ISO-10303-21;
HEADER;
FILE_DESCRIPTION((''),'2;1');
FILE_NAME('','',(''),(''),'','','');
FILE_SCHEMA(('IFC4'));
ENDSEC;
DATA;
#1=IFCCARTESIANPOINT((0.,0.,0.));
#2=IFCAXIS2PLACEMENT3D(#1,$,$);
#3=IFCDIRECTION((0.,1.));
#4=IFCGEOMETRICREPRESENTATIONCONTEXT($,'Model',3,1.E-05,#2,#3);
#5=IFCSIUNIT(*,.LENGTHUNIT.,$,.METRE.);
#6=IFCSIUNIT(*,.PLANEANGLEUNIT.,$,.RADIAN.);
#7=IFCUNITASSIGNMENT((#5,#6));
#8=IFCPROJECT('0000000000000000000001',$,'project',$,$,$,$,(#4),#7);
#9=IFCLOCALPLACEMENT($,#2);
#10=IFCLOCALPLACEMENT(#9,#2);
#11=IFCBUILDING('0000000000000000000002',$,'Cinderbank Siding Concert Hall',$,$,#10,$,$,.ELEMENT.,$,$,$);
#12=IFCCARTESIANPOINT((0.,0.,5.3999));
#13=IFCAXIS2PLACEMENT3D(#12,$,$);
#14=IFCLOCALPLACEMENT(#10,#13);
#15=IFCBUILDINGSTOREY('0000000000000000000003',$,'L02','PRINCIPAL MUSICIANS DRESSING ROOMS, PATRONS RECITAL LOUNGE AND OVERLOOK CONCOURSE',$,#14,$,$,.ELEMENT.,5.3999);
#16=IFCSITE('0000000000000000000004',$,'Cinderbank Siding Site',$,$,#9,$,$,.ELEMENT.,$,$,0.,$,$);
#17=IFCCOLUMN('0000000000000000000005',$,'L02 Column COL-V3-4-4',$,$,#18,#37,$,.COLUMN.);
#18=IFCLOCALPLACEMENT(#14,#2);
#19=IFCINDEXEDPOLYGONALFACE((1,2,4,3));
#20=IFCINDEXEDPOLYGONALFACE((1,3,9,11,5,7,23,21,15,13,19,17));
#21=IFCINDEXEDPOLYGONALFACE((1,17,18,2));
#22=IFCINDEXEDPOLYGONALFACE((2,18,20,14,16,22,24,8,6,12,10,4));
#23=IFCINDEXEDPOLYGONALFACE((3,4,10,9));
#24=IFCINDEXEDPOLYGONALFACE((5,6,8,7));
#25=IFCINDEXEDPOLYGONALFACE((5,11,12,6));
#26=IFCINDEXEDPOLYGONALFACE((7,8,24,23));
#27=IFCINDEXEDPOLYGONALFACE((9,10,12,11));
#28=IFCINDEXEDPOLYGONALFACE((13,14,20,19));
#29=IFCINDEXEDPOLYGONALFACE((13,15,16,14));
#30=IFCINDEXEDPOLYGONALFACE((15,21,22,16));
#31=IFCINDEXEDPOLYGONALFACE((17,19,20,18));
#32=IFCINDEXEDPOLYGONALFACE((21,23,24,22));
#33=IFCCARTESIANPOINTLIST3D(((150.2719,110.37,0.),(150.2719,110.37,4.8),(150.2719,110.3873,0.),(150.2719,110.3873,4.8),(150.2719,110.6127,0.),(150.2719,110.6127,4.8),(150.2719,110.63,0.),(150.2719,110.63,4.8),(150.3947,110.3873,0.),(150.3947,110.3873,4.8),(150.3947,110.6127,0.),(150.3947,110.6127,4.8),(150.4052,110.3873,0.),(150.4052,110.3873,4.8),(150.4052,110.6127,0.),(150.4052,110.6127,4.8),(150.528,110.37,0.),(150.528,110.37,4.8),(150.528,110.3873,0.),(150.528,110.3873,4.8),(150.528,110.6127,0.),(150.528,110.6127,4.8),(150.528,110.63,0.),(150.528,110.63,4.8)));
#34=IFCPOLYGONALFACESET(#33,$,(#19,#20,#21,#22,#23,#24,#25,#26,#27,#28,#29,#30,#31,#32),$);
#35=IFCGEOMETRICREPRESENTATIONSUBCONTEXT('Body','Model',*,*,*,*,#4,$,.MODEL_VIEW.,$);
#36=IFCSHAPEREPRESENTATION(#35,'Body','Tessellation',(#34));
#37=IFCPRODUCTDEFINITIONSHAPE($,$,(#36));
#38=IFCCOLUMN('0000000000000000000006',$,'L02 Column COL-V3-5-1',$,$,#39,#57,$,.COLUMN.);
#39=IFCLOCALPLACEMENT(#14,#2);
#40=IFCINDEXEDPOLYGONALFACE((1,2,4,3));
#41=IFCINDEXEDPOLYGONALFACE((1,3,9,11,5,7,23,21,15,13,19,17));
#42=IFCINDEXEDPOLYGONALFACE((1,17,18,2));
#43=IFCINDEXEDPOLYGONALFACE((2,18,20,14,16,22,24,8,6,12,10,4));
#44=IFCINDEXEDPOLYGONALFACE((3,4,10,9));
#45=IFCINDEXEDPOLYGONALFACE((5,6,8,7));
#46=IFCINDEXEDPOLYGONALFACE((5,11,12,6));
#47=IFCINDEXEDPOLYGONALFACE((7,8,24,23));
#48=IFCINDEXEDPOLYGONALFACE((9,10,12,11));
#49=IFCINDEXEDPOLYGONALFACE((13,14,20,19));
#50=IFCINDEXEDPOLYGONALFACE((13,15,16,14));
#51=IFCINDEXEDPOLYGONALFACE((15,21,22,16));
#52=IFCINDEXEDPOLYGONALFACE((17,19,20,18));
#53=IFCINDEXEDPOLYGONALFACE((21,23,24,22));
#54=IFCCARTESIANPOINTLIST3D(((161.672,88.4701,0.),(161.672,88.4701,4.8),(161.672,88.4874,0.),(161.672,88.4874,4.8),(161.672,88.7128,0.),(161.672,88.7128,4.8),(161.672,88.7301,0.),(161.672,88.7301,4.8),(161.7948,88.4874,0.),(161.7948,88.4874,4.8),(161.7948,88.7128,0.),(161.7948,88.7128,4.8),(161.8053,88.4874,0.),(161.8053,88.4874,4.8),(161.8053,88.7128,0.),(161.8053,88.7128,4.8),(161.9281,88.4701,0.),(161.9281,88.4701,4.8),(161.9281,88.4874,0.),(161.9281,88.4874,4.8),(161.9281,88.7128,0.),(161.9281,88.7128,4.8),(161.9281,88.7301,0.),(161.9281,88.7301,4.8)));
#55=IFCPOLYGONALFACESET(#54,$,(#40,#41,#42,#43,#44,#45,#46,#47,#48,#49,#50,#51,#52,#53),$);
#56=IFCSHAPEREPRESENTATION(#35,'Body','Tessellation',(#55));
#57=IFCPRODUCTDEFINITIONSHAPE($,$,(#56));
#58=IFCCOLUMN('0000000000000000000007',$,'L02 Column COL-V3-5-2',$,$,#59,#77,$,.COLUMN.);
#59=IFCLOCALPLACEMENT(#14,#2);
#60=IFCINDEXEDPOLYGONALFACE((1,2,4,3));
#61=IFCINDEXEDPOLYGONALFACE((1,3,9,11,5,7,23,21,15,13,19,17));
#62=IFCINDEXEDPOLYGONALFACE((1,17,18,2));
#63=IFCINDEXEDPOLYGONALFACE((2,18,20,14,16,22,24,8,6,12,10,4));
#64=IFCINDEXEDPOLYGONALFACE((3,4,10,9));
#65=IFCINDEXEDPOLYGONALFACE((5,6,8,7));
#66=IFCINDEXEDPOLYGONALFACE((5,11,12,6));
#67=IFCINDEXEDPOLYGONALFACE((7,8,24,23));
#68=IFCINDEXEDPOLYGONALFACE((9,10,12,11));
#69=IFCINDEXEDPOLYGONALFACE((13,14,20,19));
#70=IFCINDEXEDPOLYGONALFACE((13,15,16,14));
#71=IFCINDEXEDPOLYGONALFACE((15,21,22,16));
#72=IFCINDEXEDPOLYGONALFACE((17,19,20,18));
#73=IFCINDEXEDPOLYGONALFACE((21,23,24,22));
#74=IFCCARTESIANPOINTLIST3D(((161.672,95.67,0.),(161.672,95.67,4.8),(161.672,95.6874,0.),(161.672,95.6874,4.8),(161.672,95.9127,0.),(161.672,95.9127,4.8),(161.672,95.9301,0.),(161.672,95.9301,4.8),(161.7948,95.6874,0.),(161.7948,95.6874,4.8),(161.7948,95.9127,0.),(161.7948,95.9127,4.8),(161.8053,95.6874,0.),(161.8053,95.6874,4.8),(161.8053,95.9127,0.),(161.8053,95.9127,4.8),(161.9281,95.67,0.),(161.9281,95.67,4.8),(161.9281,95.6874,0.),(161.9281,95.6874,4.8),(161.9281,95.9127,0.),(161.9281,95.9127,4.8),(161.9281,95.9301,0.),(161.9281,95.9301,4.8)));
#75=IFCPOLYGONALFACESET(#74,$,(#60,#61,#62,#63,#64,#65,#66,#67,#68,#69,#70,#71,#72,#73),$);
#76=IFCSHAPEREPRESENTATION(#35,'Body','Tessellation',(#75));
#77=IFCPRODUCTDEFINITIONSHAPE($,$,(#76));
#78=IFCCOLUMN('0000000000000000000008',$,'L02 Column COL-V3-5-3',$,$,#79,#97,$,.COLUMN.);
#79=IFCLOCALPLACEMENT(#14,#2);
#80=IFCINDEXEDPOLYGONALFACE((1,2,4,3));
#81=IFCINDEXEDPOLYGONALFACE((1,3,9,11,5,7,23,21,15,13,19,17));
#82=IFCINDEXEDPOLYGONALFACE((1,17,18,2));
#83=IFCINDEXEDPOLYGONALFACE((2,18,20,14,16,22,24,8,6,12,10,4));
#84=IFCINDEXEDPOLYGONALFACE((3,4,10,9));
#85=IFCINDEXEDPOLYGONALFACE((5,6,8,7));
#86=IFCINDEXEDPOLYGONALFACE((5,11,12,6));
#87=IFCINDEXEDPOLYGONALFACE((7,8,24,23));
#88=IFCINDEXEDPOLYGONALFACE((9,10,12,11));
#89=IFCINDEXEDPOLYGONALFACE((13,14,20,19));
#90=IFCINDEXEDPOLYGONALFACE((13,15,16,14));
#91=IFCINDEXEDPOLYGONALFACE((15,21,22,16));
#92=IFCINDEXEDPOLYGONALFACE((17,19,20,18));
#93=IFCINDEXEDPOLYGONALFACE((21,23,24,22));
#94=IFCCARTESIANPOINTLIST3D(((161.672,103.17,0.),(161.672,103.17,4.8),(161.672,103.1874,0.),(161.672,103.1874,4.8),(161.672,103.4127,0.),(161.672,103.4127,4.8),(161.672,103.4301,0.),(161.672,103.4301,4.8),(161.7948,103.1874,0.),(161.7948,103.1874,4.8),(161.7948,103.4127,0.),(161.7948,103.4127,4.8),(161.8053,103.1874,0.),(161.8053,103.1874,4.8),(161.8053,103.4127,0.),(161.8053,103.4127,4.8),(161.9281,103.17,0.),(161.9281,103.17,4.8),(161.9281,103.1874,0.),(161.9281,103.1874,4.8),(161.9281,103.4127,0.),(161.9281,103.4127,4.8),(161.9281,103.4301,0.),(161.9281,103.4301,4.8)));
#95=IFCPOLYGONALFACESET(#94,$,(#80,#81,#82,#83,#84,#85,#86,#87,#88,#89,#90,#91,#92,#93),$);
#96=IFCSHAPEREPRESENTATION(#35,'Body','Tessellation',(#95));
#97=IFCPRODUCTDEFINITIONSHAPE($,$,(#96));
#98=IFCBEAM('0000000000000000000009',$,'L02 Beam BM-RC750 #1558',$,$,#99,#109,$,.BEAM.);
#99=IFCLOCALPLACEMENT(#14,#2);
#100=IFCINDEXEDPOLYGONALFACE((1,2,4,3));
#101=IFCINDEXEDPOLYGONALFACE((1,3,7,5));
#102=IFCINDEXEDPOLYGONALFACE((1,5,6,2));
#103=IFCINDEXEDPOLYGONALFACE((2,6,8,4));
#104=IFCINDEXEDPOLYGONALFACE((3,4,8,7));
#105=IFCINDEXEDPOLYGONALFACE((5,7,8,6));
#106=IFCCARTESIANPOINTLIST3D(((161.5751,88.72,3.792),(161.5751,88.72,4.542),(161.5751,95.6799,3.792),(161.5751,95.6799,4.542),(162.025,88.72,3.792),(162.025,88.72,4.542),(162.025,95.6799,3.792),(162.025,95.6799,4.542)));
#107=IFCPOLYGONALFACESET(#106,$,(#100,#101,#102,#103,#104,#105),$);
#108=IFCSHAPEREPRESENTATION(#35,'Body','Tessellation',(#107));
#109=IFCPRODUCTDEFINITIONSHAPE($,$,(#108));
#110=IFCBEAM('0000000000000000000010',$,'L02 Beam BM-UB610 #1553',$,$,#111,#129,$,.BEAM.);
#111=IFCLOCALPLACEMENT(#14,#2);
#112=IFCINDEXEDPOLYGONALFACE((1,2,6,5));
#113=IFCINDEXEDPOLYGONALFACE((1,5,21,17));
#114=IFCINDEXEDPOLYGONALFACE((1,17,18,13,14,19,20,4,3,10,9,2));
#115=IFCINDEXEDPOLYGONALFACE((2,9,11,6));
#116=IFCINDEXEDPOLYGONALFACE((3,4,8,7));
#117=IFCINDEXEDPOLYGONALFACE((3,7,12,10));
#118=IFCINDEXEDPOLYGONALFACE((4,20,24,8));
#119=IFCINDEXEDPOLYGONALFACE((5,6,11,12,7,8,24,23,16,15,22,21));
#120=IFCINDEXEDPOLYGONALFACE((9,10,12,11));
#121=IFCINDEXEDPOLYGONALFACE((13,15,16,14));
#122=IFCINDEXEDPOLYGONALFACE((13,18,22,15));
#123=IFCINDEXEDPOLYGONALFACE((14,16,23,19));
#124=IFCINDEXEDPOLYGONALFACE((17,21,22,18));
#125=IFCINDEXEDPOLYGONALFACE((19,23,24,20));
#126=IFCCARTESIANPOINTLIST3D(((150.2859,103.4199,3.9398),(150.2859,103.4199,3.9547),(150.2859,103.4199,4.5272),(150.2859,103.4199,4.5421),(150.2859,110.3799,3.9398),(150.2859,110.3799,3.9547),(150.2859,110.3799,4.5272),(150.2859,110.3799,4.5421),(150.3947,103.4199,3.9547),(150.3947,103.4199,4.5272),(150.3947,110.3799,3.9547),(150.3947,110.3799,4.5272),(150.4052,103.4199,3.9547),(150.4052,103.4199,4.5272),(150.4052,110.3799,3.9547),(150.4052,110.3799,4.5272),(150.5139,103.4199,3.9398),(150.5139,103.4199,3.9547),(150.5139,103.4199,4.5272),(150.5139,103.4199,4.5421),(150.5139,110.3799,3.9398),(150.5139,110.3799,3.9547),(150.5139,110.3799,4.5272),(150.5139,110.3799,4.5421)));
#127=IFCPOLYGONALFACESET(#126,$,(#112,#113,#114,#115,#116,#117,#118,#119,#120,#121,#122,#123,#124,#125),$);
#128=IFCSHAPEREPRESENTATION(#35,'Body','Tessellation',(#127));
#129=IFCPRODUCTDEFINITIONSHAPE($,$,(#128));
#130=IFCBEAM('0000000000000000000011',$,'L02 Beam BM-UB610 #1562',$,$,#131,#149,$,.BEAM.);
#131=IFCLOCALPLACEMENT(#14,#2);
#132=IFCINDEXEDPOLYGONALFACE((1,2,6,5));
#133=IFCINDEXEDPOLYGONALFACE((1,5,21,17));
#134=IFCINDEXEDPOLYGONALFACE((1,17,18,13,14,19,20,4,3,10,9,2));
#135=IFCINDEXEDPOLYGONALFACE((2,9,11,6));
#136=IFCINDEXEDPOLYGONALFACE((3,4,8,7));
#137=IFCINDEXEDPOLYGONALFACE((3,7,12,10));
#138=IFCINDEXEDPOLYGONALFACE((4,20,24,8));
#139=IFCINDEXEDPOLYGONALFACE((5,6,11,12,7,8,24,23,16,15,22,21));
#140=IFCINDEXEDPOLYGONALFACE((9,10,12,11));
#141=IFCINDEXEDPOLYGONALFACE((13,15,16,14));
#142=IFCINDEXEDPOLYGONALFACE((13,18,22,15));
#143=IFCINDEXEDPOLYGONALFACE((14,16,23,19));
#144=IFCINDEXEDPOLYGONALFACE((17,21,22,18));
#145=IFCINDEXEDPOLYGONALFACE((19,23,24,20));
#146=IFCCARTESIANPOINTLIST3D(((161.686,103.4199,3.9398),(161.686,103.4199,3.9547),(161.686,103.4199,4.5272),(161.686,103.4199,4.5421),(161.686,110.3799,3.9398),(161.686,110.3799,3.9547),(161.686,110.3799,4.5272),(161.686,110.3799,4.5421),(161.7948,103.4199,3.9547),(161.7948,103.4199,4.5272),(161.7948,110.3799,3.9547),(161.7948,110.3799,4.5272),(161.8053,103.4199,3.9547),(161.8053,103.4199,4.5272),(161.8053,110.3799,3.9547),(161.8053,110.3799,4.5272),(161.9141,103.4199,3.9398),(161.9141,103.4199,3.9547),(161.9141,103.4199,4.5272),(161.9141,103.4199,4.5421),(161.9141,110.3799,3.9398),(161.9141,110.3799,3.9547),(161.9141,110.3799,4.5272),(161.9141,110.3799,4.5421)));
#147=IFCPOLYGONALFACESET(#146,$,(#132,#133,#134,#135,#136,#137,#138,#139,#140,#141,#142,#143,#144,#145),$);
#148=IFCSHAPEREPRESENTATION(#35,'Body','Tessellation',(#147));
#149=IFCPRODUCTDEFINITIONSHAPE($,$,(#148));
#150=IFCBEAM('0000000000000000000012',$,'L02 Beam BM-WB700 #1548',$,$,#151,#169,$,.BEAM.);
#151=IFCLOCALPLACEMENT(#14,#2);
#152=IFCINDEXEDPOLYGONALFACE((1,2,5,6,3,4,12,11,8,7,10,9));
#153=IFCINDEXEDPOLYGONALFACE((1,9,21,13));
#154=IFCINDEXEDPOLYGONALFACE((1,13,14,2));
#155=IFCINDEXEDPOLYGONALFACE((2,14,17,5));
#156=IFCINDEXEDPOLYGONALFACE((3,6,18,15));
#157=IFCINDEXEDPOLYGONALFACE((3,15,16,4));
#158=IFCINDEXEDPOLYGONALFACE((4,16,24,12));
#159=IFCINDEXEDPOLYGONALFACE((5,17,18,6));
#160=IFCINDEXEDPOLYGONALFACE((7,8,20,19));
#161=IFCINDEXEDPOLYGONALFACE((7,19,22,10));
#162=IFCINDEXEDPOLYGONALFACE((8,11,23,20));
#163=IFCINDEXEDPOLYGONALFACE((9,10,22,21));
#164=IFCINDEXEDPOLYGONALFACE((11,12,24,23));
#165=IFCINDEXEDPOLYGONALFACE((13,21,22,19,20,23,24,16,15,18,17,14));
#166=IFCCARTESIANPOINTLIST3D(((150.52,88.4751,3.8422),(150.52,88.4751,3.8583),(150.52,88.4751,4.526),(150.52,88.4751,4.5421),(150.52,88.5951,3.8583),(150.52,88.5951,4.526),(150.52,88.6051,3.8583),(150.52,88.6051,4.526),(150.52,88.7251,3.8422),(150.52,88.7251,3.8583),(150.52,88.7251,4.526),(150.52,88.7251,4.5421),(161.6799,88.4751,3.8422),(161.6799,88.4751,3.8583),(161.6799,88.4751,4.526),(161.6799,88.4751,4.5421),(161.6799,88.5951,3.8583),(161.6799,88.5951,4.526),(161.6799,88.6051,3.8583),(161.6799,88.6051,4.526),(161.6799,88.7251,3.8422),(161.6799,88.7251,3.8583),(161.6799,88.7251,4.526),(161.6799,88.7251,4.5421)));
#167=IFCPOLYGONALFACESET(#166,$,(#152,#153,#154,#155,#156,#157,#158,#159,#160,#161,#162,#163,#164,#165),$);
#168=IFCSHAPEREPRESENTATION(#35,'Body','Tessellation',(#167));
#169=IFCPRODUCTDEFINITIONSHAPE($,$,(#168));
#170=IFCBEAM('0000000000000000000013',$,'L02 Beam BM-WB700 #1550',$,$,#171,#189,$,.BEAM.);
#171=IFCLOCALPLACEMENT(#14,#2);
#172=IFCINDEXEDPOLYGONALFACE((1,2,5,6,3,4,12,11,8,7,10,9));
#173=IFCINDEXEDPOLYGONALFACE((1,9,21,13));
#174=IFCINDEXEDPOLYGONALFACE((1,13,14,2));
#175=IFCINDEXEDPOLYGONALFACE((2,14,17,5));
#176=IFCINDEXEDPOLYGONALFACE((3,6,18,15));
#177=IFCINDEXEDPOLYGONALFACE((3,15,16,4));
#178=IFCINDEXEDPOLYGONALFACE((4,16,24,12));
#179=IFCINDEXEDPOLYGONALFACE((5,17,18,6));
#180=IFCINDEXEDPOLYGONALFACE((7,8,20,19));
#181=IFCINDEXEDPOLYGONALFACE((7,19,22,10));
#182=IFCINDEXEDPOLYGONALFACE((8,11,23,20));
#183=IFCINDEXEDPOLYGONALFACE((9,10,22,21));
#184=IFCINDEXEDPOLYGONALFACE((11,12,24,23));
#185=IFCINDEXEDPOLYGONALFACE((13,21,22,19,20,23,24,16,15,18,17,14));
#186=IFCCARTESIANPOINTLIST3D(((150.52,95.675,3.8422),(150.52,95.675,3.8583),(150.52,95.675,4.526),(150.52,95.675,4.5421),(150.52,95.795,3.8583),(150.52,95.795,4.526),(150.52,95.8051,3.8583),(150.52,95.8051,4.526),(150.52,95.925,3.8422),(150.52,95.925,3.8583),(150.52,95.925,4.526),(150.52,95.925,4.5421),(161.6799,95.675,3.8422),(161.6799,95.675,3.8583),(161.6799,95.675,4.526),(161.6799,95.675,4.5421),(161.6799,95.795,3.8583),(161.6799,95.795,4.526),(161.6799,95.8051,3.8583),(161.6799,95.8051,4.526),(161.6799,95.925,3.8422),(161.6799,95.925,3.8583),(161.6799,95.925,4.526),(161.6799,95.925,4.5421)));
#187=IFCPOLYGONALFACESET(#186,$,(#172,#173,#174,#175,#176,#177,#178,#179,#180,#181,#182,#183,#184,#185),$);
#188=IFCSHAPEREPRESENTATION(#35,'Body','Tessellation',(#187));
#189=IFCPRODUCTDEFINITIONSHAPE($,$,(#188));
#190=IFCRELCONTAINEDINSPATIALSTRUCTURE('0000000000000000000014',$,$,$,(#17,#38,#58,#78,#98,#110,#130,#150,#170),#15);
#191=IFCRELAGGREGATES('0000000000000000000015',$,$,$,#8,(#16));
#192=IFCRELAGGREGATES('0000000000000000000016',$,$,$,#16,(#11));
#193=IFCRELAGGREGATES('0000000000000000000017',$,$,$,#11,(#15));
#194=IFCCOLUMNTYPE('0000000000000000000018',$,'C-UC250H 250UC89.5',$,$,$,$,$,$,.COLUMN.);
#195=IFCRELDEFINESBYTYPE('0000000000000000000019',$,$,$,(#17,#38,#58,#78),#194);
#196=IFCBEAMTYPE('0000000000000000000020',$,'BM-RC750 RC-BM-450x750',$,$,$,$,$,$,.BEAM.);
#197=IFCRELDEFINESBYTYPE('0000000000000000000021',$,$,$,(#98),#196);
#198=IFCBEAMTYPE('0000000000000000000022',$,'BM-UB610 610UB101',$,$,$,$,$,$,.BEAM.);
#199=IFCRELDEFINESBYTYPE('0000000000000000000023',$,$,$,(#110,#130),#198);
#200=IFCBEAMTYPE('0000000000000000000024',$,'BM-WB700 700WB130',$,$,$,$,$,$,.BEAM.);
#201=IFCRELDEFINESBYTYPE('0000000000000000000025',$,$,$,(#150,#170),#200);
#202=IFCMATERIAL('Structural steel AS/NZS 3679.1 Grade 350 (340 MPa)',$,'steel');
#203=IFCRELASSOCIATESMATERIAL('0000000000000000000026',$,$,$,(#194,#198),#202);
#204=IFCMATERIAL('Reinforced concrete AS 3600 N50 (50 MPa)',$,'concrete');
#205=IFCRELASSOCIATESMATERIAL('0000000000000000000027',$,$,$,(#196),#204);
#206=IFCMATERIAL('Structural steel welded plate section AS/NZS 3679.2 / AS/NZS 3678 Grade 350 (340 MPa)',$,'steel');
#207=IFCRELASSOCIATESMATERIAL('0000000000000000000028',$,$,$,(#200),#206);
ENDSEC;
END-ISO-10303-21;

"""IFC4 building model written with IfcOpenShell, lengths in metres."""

from ifc_helpers import new_model, si_unit, direction, frame, origin, origin_2d, place, context, subcontext, project, spatial, rectangle, i_section, extrude, material, material_profile, profile_set, type_object, element, save


model = new_model("IFC4")

# Units and contexts
model_context = context("Model", 3, precision=1e-05, world=origin(), true_north=direction((0.0, 1.0)))
body_context = subcontext(model_context, "Body", "Model", "MODEL_VIEW")
ifc_project = project(units=[si_unit("LENGTHUNIT", "METRE"), si_unit("PLANEANGLEUNIT", "RADIAN")], contexts=[model_context])

# Site, building, storey
site_placement = place(None, origin())
site = spatial("IfcSite", under=ifc_project, at=site_placement, Name="Cinderbank Siding Site", CompositionType="ELEMENT", RefElevation=0.0)
building_placement = place(site_placement, origin())
building = spatial("IfcBuilding", under=site, at=building_placement, Name="Cinderbank Siding Concert Hall", CompositionType="ELEMENT")
storey_placement = place(building_placement, frame((0.0, 0.0, 5.3999)))
storey = spatial("IfcBuildingStorey", under=building, at=storey_placement, Name="L02", Description="PRINCIPAL MUSICIANS DRESSING ROOMS, PATRONS RECITAL LOUNGE AND OVERLOOK CONCOURSE", CompositionType="ELEMENT", Elevation=5.3999)

# Columns
ifc_material_1 = material(Name="Structural steel AS/NZS 3679.1 Grade 350 (340 MPa)", Category="steel")
ifc_material_profile_1 = material_profile(ifc_material_1, i_section(OverallWidth=0.2561, OverallDepth=0.26, WebThickness=0.0105, FlangeThickness=0.0173, at=origin_2d()), Name="250UC89.5", Category="LoadBearing")
ifc_profile_set_1 = profile_set([ifc_material_profile_1], Name="Structural steel AS/NZS 3679.1 Grade 350 (340 MPa)")
column_type = type_object("IfcColumnType", Name="C-UC250H 250UC89.5", PredefinedType="COLUMN", material=ifc_profile_set_1)
for number, where, z_axis, x_axis, name in (
    (1, (150.3999, 110.5, 0.0), (0.0, 0.0, 1.0), (1.0, 0.0, 0.0), "L02 Column COL-V3-4-4"),
    (2, (161.8, 88.6001, 0.0), (0.0, 0.0, 1.0), (1.0, 0.0, 0.0), "L02 Column COL-V3-5-1"),
    (3, (161.8, 95.8, 0.0), (0.0, 0.0, 1.0), (1.0, 0.0, 0.0), "L02 Column COL-V3-5-2"),
    (4, (161.8, 103.3, 0.0), (0.0, 0.0, 1.0), (1.0, 0.0, 0.0), "L02 Column COL-V3-5-3"),
):
    element("IfcColumn", number, at=place(storey_placement, frame(where, z_axis=z_axis, x_axis=x_axis)), inside=storey, type_object=column_type, Name=name, PredefinedType="COLUMN", context=body_context, shape_type="SweptSolid", body=[
        extrude(i_section(OverallWidth=0.2561, OverallDepth=0.26, WebThickness=0.0105, FlangeThickness=0.0173, at=origin_2d()), origin(), (0.0, 0.0, 1.0), 4.8),
    ])

# Beams
ifc_material_2 = material(Name="Reinforced concrete AS 3600 N50 (50 MPa)", Category="concrete")
ifc_material_profile_2 = material_profile(ifc_material_2, rectangle(XDim=0.45, YDim=0.75, at=origin_2d()), Name="RC-BM-450x750", Category="LoadBearing")
ifc_profile_set_2 = profile_set([ifc_material_profile_2], Name="Reinforced concrete AS 3600 N50 (50 MPa)")
beam_type_1 = type_object("IfcBeamType", Name="BM-RC750 RC-BM-450x750", PredefinedType="BEAM", material=ifc_profile_set_2)
beam_1_placement = place(storey_placement, frame((161.8, 88.72, 4.167), z_axis=(0.0, 1.0, 0.0), x_axis=(-1.0, 0.0, 0.0)))
element("IfcBeam", 5, at=beam_1_placement, inside=storey, type_object=beam_type_1, Name="L02 Beam BM-RC750 #1558", PredefinedType="BEAM", context=body_context, shape_type="SweptSolid", body=[
    extrude(rectangle(XDim=0.45, YDim=0.75, at=origin_2d()), origin(), (0.0, 0.0, 1.0), 6.96),
])
ifc_material_profile_3 = material_profile(ifc_material_1, i_section(OverallWidth=0.228, OverallDepth=0.6023, WebThickness=0.0105, FlangeThickness=0.0149, at=origin_2d()), Name="610UB101", Category="LoadBearing")
ifc_profile_set_3 = profile_set([ifc_material_profile_3], Name="Structural steel AS/NZS 3679.1 Grade 350 (340 MPa)")
beam_type_2 = type_object("IfcBeamType", Name="BM-UB610 610UB101", PredefinedType="BEAM", material=ifc_profile_set_3)
for number, where, z_axis, x_axis, name in (
    (6, (150.3999, 103.4199, 4.241), (0.0, 1.0, 0.0), (-1.0, 0.0, 0.0), "L02 Beam BM-UB610 #1553"),
    (7, (161.8, 103.4199, 4.241), (0.0, 1.0, 0.0), (-1.0, 0.0, 0.0), "L02 Beam BM-UB610 #1562"),
):
    element("IfcBeam", number, at=place(storey_placement, frame(where, z_axis=z_axis, x_axis=x_axis)), inside=storey, type_object=beam_type_2, Name=name, PredefinedType="BEAM", context=body_context, shape_type="SweptSolid", body=[
        extrude(i_section(OverallWidth=0.228, OverallDepth=0.6023, WebThickness=0.0105, FlangeThickness=0.0149, at=origin_2d()), origin(), (0.0, 0.0, 1.0), 6.96),
    ])
ifc_material_3 = material(Name="Structural steel welded plate section AS/NZS 3679.2 / AS/NZS 3678 Grade 350 (340 MPa)", Category="steel")
ifc_material_profile_4 = material_profile(ifc_material_3, i_section(OverallWidth=0.25, OverallDepth=0.7, WebThickness=0.01, FlangeThickness=0.0161, at=origin_2d()), Name="700WB130", Category="LoadBearing")
ifc_profile_set_4 = profile_set([ifc_material_profile_4], Name="Structural steel welded plate section AS/NZS 3679.2 / AS/NZS 3678 Grade 350 (340 MPa)")
beam_type_3 = type_object("IfcBeamType", Name="BM-WB700 700WB130", PredefinedType="BEAM", material=ifc_profile_set_4)
for number, where, z_axis, x_axis, name in (
    (8, (150.52, 88.6001, 4.1921), (1.0, 0.0, 0.0), (0.0, 1.0, 0.0), "L02 Beam BM-WB700 #1548"),
    (9, (150.52, 95.8, 4.1921), (1.0, 0.0, 0.0), (0.0, 1.0, 0.0), "L02 Beam BM-WB700 #1550"),
):
    element("IfcBeam", number, at=place(storey_placement, frame(where, z_axis=z_axis, x_axis=x_axis)), inside=storey, type_object=beam_type_3, Name=name, PredefinedType="BEAM", context=body_context, shape_type="SweptSolid", body=[
        extrude(i_section(OverallWidth=0.25, OverallDepth=0.7, WebThickness=0.01, FlangeThickness=0.0161, at=origin_2d()), origin(), (0.0, 0.0, 1.0), 11.1599),
    ])

save(model, "model.ifc")
